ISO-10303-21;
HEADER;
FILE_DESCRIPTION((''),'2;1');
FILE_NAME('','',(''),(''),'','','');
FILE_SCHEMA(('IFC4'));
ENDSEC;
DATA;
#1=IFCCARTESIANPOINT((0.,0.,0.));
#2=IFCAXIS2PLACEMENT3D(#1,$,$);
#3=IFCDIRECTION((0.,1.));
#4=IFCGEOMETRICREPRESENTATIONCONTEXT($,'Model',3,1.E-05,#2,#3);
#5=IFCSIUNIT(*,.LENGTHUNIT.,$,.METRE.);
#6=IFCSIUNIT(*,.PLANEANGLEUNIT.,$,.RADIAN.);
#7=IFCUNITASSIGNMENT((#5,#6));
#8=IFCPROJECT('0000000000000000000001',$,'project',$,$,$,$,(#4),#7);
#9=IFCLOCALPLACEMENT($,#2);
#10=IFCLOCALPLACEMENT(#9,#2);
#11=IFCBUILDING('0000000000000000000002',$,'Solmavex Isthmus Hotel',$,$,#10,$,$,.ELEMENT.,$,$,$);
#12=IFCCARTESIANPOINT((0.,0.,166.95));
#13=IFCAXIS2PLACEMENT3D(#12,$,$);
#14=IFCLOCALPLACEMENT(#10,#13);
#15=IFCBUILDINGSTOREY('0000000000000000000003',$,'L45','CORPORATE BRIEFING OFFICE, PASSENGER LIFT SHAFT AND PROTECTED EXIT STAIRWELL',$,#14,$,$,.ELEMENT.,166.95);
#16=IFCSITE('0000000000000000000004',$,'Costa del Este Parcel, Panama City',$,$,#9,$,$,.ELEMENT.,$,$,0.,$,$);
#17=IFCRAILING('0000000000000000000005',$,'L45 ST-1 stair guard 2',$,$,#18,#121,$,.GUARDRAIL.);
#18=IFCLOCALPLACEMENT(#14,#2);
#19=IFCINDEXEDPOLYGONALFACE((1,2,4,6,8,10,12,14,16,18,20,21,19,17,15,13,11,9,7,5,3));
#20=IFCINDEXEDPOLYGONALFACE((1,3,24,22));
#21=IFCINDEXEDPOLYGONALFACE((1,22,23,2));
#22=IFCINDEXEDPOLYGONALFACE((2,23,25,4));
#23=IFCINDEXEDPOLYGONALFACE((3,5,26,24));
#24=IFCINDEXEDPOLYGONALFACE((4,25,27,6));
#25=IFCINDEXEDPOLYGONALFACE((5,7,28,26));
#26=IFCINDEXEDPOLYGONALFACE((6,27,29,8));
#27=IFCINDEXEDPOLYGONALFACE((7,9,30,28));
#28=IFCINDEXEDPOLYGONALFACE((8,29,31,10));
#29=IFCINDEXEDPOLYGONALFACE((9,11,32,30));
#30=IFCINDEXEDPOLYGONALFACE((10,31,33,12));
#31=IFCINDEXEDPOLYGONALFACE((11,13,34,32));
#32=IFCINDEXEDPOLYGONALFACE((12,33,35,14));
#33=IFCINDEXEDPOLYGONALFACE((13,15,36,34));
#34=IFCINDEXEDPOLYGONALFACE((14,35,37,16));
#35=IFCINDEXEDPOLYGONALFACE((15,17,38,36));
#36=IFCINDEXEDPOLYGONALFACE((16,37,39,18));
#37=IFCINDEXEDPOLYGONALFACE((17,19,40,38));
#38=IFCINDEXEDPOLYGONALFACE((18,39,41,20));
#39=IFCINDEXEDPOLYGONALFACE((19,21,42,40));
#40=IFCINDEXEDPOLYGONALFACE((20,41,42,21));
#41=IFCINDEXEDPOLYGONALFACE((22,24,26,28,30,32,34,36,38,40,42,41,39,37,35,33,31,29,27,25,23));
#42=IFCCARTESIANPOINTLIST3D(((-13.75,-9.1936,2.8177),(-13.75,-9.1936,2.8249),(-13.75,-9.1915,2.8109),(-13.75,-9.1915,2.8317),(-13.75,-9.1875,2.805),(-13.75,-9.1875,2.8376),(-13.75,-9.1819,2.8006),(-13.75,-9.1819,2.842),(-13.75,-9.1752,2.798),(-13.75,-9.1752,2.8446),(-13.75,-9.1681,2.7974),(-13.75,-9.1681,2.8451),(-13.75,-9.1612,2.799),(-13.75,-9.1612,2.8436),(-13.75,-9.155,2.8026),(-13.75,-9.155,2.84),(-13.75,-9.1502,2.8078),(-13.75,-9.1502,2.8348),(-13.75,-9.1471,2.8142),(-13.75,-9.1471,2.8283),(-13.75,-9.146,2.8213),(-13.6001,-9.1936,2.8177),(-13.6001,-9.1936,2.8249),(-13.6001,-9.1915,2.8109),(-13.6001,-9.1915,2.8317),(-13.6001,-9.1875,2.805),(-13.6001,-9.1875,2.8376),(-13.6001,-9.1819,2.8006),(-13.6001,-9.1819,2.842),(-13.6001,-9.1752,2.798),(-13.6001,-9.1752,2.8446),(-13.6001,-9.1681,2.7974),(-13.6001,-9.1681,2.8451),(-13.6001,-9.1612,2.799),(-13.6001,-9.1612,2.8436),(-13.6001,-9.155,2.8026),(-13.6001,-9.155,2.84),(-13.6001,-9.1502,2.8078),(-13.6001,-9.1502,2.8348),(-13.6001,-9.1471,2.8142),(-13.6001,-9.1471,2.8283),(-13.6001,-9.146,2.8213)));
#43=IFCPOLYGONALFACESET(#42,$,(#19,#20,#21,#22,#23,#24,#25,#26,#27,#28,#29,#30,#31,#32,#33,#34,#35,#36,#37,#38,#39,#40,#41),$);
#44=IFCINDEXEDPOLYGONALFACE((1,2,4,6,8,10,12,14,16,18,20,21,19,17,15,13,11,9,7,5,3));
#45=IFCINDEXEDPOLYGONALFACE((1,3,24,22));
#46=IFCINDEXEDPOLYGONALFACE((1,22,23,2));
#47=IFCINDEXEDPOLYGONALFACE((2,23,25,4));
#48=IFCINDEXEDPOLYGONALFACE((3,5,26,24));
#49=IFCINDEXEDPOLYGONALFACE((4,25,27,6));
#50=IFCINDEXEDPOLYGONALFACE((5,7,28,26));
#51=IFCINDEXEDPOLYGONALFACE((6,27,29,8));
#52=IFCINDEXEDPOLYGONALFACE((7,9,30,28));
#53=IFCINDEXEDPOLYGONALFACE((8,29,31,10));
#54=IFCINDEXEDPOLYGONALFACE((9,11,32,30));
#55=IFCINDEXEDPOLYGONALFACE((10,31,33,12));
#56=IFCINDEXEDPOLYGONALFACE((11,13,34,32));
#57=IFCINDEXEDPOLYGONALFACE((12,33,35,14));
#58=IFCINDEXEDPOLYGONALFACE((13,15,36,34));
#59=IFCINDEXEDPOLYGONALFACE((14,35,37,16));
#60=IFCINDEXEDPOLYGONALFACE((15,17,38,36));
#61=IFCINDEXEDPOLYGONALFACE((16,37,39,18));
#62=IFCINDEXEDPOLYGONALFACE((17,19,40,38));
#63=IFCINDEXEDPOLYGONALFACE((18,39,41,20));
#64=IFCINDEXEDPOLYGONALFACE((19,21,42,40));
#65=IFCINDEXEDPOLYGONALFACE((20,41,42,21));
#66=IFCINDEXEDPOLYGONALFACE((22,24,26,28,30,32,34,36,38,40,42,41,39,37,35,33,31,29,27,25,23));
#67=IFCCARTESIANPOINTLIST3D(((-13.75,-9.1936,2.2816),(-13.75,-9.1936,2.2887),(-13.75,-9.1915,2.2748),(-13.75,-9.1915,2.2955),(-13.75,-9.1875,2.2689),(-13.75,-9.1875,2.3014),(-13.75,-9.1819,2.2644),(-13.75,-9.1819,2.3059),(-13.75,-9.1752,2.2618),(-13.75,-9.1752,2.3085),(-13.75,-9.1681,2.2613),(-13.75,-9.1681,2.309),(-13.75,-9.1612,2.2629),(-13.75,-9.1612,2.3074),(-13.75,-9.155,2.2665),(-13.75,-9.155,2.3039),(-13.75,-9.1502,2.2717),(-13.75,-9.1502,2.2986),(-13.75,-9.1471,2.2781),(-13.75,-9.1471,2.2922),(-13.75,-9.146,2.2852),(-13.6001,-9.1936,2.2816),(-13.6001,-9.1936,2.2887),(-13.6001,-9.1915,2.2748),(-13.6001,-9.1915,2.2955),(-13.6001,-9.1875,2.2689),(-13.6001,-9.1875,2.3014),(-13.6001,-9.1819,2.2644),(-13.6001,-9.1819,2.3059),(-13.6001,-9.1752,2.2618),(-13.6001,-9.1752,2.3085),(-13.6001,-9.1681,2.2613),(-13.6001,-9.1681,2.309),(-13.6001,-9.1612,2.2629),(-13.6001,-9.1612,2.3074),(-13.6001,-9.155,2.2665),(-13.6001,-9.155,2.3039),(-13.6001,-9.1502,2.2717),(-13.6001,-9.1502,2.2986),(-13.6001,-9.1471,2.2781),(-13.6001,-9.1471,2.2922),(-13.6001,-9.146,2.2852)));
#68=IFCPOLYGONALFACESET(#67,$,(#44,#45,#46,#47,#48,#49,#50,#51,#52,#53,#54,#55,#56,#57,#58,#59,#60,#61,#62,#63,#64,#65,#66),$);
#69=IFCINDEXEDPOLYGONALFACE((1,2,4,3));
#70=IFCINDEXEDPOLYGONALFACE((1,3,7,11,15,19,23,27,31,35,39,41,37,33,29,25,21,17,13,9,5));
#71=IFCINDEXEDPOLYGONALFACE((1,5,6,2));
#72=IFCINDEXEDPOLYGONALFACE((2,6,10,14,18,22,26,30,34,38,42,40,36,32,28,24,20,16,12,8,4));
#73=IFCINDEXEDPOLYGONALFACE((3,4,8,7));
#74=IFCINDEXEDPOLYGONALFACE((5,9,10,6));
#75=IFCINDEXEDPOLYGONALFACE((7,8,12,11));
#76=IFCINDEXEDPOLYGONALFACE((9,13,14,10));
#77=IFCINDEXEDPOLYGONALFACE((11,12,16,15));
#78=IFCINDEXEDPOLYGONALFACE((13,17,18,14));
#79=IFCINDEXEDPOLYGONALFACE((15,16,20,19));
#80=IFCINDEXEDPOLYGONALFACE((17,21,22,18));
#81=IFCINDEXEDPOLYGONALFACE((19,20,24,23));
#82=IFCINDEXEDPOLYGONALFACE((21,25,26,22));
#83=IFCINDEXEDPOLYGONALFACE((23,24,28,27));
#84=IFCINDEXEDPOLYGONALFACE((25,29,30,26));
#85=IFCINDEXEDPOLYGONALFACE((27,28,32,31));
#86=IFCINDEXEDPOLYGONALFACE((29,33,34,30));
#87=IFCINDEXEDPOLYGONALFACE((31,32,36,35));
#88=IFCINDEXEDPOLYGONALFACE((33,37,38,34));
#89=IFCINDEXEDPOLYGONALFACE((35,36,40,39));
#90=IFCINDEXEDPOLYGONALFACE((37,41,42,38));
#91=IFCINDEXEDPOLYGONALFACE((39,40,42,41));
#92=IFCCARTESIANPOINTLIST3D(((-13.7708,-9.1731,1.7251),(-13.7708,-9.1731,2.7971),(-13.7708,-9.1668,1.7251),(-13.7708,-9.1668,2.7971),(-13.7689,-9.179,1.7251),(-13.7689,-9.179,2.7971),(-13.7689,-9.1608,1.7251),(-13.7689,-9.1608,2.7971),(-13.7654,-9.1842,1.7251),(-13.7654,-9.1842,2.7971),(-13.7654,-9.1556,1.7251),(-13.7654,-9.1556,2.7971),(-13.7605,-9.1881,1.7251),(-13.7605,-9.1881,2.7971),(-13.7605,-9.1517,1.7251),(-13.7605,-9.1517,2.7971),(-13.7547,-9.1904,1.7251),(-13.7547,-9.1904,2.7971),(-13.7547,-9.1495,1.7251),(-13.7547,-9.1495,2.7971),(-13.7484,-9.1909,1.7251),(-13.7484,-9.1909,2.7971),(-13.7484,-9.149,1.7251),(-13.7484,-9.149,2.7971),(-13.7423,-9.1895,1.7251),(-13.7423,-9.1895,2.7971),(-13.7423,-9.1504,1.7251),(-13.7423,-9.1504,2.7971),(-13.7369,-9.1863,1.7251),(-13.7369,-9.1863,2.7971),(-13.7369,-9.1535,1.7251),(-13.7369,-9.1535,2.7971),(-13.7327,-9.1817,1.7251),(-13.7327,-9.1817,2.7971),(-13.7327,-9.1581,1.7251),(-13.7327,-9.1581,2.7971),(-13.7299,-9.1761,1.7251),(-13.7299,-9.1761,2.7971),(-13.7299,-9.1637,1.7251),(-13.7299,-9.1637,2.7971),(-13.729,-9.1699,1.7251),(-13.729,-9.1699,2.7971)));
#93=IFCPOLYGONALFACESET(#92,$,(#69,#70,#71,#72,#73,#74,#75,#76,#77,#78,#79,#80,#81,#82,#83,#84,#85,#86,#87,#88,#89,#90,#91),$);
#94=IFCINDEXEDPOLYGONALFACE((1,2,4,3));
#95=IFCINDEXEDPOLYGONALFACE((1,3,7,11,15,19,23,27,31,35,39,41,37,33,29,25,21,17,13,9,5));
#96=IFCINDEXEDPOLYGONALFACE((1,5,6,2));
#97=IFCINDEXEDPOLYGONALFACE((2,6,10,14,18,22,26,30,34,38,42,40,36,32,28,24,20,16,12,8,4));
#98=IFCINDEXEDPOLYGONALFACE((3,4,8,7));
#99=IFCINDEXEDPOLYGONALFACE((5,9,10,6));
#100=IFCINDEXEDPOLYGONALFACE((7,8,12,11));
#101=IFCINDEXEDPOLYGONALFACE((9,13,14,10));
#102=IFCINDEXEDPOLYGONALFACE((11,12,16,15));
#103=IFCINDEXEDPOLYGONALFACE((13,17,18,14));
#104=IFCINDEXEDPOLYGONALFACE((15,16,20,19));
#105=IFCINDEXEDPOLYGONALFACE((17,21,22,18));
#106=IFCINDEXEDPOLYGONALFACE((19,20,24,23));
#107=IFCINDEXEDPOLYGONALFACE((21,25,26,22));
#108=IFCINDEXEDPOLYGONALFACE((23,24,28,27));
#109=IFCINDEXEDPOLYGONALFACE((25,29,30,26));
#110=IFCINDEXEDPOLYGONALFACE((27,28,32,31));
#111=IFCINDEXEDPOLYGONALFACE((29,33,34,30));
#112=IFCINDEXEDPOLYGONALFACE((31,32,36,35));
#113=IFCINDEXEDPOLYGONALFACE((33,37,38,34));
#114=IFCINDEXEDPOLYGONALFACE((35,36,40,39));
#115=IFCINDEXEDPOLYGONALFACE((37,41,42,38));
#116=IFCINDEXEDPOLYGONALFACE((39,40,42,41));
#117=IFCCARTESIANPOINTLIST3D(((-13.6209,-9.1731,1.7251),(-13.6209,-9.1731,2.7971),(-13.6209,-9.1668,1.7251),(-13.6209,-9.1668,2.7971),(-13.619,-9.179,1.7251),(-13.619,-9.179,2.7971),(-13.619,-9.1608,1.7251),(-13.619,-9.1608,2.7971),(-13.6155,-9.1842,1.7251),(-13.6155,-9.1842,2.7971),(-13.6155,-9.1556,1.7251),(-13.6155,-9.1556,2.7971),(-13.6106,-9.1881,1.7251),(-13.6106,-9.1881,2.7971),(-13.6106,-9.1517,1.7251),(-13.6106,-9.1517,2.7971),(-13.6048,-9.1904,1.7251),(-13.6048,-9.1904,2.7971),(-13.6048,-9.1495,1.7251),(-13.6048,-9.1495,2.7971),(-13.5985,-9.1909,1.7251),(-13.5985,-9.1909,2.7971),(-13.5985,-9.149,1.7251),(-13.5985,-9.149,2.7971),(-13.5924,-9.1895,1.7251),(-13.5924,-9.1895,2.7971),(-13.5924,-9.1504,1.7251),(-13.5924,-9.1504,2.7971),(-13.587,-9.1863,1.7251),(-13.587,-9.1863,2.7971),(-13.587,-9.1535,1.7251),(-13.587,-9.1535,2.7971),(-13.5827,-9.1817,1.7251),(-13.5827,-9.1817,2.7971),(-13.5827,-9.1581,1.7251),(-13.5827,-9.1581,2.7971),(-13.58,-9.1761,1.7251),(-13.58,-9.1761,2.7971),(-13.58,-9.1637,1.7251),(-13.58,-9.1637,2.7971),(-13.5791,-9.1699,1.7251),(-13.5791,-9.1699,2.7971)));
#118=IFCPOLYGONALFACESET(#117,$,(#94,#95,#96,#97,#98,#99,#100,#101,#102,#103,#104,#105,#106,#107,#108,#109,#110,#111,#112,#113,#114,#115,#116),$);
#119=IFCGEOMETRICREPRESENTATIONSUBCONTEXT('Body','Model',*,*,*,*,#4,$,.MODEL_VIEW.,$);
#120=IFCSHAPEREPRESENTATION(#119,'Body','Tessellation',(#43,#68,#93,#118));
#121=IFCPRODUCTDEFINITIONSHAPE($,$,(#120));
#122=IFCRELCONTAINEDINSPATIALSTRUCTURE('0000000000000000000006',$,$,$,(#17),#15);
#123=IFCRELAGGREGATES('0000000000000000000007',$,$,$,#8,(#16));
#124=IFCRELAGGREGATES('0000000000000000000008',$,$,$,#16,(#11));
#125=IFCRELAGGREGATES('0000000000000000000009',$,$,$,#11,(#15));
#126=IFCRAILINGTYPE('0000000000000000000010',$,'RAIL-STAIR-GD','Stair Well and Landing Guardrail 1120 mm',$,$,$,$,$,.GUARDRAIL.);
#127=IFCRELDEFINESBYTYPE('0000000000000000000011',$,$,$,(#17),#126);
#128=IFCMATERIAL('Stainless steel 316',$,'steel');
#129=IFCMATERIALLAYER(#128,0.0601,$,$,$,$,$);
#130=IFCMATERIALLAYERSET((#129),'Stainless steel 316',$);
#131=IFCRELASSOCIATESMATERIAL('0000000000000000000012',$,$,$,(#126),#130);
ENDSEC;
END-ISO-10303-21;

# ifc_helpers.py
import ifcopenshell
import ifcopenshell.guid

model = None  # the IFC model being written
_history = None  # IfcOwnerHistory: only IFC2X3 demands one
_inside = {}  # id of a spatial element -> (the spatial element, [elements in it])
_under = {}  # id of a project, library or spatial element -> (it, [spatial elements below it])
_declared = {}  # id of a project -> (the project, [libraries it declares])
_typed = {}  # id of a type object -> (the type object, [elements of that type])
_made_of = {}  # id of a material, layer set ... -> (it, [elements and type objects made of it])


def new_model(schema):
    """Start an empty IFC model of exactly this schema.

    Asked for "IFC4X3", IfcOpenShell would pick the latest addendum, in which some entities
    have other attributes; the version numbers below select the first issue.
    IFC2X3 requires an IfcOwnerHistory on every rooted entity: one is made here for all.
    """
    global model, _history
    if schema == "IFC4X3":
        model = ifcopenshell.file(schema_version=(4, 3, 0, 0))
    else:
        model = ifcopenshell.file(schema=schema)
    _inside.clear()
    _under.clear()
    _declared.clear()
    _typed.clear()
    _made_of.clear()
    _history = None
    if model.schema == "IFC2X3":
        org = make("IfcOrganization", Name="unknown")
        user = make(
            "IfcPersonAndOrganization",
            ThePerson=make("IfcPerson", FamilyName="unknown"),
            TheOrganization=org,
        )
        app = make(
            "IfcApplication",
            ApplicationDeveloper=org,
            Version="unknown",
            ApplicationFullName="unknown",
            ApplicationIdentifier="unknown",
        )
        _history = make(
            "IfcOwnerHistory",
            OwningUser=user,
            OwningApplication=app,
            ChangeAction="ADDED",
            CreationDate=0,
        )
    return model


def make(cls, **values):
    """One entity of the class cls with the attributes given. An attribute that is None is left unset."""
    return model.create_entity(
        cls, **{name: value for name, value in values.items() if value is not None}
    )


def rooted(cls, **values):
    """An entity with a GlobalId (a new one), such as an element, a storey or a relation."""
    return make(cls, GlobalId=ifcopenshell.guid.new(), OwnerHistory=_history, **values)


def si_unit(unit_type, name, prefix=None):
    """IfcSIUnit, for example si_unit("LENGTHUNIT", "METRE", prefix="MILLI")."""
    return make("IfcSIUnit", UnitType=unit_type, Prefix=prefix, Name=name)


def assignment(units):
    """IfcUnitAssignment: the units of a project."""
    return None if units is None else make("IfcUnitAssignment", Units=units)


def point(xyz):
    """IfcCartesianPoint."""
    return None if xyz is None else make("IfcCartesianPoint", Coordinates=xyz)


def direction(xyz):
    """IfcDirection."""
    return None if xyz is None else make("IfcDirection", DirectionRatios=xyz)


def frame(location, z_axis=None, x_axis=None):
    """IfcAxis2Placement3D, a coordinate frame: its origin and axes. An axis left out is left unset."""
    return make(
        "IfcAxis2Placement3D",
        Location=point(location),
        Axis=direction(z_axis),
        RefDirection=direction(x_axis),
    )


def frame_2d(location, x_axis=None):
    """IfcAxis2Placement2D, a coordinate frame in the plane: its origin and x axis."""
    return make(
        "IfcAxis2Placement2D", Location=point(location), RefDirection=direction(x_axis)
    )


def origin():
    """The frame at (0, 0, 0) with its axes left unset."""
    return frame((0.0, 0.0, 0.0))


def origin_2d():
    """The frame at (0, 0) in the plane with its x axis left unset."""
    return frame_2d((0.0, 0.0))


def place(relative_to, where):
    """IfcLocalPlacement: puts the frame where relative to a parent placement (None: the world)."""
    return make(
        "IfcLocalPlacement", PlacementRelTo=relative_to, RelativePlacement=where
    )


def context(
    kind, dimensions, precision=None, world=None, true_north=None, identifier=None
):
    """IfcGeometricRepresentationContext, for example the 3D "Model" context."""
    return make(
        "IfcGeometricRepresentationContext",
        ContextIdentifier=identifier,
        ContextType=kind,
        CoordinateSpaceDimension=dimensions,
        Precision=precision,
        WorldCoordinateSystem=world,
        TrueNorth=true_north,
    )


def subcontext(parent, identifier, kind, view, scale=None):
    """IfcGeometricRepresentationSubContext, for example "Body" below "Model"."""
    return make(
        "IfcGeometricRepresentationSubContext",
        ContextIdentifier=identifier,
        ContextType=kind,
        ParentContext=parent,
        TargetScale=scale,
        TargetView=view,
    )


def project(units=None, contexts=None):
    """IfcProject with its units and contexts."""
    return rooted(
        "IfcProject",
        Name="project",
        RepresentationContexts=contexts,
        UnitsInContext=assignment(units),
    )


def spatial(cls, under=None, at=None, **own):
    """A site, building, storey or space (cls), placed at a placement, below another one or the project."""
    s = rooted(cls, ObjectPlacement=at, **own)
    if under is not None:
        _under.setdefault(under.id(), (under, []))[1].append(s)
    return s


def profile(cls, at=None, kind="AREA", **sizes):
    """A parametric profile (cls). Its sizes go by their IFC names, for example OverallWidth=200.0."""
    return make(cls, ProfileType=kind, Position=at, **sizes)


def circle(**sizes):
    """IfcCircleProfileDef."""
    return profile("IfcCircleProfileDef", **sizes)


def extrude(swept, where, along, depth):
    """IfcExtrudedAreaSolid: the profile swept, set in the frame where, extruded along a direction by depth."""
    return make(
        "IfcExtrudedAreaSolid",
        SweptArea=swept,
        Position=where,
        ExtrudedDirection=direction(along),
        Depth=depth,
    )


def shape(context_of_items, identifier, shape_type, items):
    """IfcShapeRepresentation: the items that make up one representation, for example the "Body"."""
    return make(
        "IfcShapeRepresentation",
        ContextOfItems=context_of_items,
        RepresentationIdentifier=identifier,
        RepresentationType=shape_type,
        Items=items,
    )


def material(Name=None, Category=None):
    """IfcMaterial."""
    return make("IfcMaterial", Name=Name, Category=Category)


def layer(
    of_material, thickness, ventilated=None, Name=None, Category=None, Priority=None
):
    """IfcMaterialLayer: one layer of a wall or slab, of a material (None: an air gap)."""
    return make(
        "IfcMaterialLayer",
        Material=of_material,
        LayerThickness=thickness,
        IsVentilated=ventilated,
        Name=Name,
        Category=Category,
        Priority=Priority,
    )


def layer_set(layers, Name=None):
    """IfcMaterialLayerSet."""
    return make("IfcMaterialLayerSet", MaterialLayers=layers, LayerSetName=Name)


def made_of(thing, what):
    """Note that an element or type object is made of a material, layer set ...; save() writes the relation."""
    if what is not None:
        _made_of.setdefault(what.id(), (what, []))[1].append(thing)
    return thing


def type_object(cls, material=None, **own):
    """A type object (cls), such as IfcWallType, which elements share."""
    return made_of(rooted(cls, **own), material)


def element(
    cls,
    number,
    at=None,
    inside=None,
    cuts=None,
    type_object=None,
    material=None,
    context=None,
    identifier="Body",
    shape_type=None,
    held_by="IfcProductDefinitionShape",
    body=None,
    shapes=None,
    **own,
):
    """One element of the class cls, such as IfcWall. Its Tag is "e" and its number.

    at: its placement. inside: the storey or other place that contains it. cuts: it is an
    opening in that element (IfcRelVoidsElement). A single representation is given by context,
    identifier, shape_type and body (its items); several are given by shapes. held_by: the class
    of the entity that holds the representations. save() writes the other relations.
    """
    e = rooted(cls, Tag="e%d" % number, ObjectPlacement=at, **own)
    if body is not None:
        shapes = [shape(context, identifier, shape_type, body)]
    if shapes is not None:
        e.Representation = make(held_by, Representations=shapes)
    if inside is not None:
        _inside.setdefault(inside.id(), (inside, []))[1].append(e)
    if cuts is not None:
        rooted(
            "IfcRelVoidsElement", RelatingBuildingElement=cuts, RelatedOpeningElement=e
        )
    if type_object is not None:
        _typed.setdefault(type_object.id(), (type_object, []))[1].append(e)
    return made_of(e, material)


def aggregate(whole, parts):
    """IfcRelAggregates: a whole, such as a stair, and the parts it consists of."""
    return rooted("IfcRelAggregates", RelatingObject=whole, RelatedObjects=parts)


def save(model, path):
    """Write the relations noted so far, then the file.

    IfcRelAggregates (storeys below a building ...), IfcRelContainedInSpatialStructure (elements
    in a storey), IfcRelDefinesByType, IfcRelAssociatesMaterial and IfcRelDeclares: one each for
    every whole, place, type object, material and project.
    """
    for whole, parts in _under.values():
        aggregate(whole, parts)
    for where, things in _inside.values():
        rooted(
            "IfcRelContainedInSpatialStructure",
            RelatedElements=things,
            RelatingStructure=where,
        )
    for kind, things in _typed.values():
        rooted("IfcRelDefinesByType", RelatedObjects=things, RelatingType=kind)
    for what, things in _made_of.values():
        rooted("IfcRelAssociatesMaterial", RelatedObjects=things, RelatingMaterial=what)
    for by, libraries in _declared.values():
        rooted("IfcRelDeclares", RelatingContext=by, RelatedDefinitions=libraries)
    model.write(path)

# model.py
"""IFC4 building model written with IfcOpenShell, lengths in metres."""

from ifc_helpers import new_model, si_unit, direction, frame, origin, origin_2d, place, context, subcontext, project, spatial, circle, extrude, material, layer, layer_set, type_object, element, save


model = new_model("IFC4")

# Units and contexts
model_context = context("Model", 3, precision=1e-05, world=origin(), true_north=direction((0.0, 1.0)))
body_context = subcontext(model_context, "Body", "Model", "MODEL_VIEW")
ifc_project = project(units=[si_unit("LENGTHUNIT", "METRE"), si_unit("PLANEANGLEUNIT", "RADIAN")], contexts=[model_context])

# Site, building, storey
site_placement = place(None, origin())
site = spatial("IfcSite", under=ifc_project, at=site_placement, Name="Costa del Este Parcel, Panama City", CompositionType="ELEMENT", RefElevation=0.0)
building_placement = place(site_placement, origin())
building = spatial("IfcBuilding", under=site, at=building_placement, Name="Solmavex Isthmus Hotel", CompositionType="ELEMENT")
storey_placement = place(building_placement, frame((0.0, 0.0, 166.95)))
storey = spatial("IfcBuildingStorey", under=building, at=storey_placement, Name="L45", Description="CORPORATE BRIEFING OFFICE, PASSENGER LIFT SHAFT AND PROTECTED EXIT STAIRWELL", CompositionType="ELEMENT", Elevation=166.95)

# Railing
ifc_material_1 = material(Name="Stainless steel 316", Category="steel")
ifc_layer_1 = layer(ifc_material_1, 0.0601)
ifc_layer_set_1 = layer_set([ifc_layer_1], Name="Stainless steel 316")
railing_type_1 = type_object("IfcRailingType", Name="RAIL-STAIR-GD", Description="Stair Well and Landing Guardrail 1120 mm", PredefinedType="GUARDRAIL", material=ifc_layer_set_1)
railing_1_placement = place(storey_placement, frame((-13.75, -9.1699, 1.7251)))
element("IfcRailing", 1, at=railing_1_placement, inside=storey, type_object=railing_type_1, Name="L45 ST-1 stair guard 2", PredefinedType="GUARDRAIL", context=body_context, shape_type="SweptSolid", body=[
    extrude(circle(Radius=0.0239, at=origin_2d()), frame((0.0, 0.0, 1.0962), z_axis=(1.0, 0.0, 0.0), x_axis=(0.0, 1.0, 0.0)), (0.0, 0.0, 1.0), 0.1499),
    extrude(circle(Radius=0.0239, at=origin_2d()), frame((0.0, 0.0, 0.5601), z_axis=(1.0, 0.0, 0.0), x_axis=(0.0, 1.0, 0.0)), (0.0, 0.0, 1.0), 0.1499),
    extrude(circle(Radius=0.021, at=origin_2d()), origin(), (0.0, 0.0, 1.0), 1.072),
    extrude(circle(Radius=0.021, at=origin_2d()), frame((0.1499, 0.0, 0.0)), (0.0, 0.0, 1.0), 1.072),
])

save(model, "model.ifc")
